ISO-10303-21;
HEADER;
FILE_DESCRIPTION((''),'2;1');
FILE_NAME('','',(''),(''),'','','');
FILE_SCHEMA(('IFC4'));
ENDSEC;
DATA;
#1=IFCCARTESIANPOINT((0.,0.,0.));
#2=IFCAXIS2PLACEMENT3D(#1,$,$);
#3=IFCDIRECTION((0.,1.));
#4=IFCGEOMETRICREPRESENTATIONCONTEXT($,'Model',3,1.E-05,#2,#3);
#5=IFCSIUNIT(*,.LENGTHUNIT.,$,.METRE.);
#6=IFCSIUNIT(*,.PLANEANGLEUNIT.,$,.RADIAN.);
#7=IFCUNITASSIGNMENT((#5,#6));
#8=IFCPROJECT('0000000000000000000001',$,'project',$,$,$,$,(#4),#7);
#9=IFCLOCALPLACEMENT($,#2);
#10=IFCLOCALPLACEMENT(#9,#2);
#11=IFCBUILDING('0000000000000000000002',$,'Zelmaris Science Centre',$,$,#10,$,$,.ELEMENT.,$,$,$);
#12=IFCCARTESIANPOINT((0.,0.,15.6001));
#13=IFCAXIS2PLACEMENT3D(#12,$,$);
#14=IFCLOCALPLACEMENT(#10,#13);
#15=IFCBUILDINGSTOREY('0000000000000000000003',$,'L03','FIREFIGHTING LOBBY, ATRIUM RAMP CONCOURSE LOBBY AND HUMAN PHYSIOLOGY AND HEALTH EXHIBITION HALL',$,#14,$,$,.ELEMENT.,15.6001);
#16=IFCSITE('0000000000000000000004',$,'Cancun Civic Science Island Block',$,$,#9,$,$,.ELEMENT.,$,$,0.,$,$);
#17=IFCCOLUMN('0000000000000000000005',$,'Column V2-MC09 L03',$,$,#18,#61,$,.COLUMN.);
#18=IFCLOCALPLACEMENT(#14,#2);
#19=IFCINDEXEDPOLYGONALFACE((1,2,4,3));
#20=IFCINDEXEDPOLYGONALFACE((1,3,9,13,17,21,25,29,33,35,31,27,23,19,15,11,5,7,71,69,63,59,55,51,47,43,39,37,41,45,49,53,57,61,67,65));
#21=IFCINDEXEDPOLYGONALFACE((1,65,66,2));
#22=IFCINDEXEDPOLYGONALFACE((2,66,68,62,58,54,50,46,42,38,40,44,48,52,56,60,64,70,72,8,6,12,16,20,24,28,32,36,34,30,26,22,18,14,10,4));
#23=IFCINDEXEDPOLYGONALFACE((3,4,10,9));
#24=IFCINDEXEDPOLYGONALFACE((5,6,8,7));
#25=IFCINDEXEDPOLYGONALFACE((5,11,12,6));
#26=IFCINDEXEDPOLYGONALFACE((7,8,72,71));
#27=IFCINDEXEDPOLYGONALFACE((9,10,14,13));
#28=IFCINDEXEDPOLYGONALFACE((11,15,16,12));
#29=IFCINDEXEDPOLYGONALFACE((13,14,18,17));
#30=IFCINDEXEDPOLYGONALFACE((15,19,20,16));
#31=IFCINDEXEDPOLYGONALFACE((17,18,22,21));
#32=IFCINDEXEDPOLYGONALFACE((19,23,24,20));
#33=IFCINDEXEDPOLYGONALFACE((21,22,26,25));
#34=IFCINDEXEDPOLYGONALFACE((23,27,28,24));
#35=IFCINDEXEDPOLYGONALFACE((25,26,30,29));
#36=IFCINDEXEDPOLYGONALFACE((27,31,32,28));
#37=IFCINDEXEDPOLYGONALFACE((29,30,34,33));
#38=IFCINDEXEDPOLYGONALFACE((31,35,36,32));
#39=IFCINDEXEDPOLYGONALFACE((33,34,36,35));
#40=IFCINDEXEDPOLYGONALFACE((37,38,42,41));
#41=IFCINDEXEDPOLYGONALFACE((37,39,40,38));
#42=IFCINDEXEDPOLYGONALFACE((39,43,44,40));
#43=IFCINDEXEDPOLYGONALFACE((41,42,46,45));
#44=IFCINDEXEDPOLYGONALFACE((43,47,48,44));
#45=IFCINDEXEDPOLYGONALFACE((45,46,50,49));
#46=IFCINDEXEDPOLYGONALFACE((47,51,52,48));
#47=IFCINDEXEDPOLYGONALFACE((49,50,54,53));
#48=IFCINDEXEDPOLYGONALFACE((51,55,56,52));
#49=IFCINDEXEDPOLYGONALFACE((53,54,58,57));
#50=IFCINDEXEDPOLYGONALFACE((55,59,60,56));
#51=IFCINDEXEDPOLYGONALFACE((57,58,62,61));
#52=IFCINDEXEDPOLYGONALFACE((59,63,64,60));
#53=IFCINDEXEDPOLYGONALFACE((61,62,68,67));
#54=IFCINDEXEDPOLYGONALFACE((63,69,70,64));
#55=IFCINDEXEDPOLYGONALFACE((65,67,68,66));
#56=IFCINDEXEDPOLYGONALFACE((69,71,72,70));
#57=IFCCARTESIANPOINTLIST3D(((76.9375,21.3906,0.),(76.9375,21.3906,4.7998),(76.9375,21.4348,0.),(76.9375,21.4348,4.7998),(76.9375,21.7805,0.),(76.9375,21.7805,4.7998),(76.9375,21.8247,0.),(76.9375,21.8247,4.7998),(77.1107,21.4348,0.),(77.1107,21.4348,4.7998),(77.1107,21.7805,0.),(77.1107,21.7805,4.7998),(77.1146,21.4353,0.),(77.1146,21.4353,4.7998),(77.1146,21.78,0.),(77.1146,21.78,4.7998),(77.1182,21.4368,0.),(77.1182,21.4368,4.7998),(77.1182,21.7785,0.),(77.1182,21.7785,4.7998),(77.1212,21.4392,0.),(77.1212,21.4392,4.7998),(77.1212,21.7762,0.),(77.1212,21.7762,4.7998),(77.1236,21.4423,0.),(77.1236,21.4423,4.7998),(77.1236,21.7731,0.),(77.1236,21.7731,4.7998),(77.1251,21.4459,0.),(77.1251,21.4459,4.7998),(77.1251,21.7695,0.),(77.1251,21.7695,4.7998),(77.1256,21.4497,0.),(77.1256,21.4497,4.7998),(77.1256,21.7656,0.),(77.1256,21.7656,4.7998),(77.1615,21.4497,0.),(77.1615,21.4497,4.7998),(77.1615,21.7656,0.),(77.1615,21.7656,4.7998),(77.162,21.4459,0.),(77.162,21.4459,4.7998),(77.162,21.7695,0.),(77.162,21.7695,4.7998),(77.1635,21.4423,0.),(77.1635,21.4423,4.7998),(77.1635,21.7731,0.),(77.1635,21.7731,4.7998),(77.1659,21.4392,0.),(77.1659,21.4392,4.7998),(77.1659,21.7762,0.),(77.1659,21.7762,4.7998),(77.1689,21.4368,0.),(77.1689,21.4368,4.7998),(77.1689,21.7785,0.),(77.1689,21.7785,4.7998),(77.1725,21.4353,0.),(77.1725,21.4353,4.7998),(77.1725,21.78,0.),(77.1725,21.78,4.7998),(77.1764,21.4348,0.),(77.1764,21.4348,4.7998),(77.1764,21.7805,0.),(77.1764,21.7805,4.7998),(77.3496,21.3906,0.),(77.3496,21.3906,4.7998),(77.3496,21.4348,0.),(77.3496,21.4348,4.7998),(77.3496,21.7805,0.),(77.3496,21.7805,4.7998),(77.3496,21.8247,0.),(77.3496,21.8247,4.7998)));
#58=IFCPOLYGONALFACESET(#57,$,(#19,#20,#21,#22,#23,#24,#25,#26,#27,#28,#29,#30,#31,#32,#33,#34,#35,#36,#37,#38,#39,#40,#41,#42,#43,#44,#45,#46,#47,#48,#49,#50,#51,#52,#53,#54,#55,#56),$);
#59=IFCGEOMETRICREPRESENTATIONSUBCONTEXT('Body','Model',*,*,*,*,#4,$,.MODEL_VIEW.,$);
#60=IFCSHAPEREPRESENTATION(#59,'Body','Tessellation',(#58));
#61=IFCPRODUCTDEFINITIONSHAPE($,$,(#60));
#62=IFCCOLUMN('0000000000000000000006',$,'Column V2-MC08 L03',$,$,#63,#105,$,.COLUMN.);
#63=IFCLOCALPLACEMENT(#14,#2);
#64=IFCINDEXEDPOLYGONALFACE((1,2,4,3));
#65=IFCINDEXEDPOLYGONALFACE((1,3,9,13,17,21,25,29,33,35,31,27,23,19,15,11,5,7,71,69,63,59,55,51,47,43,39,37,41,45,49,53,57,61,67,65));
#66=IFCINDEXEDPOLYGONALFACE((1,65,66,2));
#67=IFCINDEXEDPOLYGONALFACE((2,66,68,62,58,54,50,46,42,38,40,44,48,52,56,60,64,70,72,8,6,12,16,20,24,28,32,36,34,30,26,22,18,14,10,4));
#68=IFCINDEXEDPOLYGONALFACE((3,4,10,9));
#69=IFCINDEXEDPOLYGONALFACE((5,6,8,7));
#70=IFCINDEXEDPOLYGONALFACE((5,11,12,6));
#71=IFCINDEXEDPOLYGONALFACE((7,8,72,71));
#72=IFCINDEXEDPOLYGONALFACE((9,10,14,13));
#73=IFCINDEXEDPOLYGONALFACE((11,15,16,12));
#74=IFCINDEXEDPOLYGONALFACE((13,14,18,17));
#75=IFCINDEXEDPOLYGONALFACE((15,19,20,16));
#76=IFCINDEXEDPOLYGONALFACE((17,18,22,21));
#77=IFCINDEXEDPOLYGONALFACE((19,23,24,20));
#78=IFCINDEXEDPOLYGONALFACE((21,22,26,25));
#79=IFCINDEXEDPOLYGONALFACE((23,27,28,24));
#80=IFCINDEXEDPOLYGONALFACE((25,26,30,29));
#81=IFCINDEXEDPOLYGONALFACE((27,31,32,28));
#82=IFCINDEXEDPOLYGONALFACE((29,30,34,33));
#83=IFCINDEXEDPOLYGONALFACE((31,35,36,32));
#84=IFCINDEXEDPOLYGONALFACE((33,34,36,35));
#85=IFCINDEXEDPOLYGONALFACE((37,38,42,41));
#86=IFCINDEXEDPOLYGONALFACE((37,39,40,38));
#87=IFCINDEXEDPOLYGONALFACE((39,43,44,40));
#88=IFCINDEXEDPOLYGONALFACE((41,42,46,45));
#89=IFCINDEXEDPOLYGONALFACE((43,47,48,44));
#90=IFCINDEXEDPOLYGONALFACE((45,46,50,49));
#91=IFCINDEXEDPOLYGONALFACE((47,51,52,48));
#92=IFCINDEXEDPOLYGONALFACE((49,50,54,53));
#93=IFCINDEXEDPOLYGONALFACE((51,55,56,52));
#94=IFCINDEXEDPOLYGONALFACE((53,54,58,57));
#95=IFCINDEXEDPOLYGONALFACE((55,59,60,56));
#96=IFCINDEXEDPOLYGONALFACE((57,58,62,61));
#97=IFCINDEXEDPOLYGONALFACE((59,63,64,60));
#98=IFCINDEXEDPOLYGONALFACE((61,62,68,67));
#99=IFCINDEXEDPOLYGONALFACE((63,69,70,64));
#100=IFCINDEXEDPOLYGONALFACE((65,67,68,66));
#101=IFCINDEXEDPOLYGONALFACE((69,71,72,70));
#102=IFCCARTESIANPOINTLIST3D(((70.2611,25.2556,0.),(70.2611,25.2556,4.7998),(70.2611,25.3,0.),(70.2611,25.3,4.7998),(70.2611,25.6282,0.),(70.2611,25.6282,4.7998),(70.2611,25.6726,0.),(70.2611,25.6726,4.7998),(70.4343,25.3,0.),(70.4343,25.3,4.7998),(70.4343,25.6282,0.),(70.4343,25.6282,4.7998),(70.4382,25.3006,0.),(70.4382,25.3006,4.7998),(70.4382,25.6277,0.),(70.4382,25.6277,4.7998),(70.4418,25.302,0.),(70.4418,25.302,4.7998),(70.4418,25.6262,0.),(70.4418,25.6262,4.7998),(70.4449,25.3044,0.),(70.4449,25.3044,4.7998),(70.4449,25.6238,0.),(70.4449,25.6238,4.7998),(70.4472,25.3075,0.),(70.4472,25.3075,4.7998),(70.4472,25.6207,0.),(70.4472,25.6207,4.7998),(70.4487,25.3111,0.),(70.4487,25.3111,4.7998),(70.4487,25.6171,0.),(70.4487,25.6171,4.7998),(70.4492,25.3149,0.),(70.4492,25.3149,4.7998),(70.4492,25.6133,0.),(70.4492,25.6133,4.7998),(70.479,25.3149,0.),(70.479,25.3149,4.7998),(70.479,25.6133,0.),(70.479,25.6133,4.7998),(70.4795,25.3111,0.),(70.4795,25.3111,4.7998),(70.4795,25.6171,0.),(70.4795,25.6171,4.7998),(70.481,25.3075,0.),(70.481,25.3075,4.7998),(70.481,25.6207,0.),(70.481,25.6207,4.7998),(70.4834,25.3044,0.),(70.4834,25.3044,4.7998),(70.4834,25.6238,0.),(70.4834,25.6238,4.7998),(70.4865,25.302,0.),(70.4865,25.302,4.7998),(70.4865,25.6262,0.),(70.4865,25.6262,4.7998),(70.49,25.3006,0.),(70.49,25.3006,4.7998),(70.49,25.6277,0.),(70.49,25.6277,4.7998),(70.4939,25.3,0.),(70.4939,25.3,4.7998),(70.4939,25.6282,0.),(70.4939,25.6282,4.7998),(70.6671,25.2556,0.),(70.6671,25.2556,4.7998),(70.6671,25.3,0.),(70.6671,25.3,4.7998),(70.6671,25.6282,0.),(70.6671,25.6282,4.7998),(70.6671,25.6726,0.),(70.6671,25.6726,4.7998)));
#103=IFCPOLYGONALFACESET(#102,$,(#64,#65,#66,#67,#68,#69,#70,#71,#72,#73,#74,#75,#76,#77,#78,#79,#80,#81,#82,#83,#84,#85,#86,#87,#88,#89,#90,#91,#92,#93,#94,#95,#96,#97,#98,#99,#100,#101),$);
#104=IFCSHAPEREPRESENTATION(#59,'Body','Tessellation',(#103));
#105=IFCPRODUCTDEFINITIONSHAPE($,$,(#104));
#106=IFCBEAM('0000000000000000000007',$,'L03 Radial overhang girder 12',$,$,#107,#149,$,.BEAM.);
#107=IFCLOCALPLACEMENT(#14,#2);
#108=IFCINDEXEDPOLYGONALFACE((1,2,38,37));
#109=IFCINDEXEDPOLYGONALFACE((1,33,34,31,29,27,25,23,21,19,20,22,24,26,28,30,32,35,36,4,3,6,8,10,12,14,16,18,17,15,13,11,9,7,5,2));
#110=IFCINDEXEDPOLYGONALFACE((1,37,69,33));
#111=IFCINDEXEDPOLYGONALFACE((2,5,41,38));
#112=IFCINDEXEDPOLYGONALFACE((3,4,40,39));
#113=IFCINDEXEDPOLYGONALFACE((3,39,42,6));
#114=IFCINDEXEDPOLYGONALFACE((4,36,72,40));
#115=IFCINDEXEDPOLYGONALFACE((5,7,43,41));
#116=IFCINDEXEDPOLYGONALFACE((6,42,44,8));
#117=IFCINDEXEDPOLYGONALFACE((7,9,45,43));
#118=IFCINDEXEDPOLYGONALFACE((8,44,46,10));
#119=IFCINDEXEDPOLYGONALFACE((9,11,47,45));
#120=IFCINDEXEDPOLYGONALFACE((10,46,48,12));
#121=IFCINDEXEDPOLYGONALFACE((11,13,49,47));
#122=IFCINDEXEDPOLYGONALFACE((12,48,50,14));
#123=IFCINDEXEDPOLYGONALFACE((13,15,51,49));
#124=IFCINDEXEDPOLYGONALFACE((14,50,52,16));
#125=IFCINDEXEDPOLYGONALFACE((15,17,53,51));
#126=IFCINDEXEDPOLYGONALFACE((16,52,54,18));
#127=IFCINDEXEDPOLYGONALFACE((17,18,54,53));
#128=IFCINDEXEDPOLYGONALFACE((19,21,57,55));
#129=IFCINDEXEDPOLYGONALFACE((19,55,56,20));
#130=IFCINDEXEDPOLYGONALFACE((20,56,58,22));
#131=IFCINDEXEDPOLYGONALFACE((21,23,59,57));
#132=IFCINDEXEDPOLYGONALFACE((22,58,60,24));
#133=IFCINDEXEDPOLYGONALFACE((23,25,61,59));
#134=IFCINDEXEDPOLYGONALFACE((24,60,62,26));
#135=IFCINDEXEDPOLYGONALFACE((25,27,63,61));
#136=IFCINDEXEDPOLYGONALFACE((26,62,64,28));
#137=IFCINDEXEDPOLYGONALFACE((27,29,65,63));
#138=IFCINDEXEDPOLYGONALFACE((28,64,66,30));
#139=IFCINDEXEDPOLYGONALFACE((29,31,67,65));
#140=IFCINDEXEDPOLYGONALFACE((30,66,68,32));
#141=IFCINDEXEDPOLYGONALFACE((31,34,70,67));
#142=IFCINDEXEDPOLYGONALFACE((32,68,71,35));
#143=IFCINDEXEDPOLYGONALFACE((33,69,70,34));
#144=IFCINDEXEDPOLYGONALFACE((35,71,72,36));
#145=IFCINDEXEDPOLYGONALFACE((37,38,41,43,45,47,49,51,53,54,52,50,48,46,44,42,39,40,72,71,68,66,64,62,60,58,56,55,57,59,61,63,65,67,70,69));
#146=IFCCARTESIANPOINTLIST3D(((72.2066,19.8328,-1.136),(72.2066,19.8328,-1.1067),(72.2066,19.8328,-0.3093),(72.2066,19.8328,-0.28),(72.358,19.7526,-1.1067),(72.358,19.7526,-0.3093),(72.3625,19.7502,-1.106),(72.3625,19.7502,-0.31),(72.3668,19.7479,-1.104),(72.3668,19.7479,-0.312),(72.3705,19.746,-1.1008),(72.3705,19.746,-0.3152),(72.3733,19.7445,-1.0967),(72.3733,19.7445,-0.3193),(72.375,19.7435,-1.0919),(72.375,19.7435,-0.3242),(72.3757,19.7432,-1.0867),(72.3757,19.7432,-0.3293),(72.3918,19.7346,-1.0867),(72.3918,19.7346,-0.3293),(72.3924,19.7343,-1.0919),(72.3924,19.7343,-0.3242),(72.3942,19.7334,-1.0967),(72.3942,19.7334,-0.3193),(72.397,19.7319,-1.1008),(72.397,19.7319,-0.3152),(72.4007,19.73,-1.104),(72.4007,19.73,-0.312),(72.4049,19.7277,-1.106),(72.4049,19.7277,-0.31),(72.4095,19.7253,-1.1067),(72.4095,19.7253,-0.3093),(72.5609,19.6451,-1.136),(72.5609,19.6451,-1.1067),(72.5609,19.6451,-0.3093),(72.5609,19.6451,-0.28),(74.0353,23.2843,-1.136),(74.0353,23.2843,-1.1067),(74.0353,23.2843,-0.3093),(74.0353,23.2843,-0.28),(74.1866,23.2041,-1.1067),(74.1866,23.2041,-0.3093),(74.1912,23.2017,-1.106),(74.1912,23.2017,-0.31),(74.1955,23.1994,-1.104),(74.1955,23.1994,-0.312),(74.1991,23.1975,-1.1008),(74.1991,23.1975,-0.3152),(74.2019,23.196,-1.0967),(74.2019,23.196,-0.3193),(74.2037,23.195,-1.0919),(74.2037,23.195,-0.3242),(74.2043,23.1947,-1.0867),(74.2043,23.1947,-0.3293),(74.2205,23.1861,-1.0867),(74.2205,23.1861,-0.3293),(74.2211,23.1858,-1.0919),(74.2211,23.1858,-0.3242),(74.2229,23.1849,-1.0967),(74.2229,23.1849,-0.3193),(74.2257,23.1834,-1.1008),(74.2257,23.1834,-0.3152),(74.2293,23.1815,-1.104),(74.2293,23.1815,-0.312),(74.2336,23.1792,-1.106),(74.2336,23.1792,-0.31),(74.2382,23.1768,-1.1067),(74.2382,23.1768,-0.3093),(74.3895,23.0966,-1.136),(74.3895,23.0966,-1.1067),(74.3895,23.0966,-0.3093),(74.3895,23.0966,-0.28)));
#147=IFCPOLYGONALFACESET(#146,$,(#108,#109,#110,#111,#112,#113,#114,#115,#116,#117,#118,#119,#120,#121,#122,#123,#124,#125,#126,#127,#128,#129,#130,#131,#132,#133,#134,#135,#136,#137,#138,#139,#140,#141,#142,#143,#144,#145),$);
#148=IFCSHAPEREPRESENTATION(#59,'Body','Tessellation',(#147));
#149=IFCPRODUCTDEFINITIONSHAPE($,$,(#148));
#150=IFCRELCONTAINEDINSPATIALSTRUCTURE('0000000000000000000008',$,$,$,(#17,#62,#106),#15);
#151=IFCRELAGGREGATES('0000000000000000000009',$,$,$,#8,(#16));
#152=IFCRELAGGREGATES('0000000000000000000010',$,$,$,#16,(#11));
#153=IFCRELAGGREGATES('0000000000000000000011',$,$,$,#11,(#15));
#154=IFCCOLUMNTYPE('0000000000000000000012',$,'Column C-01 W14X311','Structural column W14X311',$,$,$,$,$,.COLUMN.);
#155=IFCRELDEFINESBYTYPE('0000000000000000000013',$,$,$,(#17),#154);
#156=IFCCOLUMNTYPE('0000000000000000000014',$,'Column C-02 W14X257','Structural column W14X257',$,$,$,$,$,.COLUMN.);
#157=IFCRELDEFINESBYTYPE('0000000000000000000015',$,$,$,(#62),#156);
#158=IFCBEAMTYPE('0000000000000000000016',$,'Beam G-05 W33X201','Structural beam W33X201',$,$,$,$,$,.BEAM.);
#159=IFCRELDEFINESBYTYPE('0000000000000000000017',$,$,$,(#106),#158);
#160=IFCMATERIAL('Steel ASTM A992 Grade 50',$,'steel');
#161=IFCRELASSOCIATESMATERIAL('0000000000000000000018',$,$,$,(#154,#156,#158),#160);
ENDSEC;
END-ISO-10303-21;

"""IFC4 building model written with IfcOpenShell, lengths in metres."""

from ifc_helpers import new_model, si_unit, direction, frame, origin, origin_2d, place, context, subcontext, project, spatial, i_section, extrude, material, material_profile, profile_set, type_object, element, save


model = new_model("IFC4")

# Units and contexts
model_context = context("Model", 3, precision=1e-05, world=origin(), true_north=direction((0.0, 1.0)))
body_context = subcontext(model_context, "Body", "Model", "MODEL_VIEW")
ifc_project = project(units=[si_unit("LENGTHUNIT", "METRE"), si_unit("PLANEANGLEUNIT", "RADIAN")], contexts=[model_context])

# Site, building, storey
site_placement = place(None, origin())
site = spatial("IfcSite", under=ifc_project, at=site_placement, Name="Cancun Civic Science Island Block", CompositionType="ELEMENT", RefElevation=0.0)
building_placement = place(site_placement, origin())
building = spatial("IfcBuilding", under=site, at=building_placement, Name="Zelmaris Science Centre", CompositionType="ELEMENT")
storey_placement = place(building_placement, frame((0.0, 0.0, 15.6001)))
storey = spatial("IfcBuildingStorey", under=building, at=storey_placement, Name="L03", Description="FIREFIGHTING LOBBY, ATRIUM RAMP CONCOURSE LOBBY AND HUMAN PHYSIOLOGY AND HEALTH EXHIBITION HALL", CompositionType="ELEMENT", Elevation=15.6001)

# Columns
ifc_material_1 = material(Name="Steel ASTM A992 Grade 50", Category="steel")
ifc_material_profile_1 = material_profile(ifc_material_1, i_section(OverallWidth=0.4121, OverallDepth=0.4341, WebThickness=0.0359, FlangeThickness=0.0442, FilletRadius=0.0149, at=origin_2d()), Name="W14X311")
ifc_profile_set_1 = profile_set([ifc_material_profile_1], Name="Steel ASTM A992 Grade 50")
column_type_1 = type_object("IfcColumnType", Name="Column C-01 W14X311", Description="Structural column W14X311", PredefinedType="COLUMN", material=ifc_profile_set_1)
column_1_placement = place(storey_placement, frame((77.1436, 21.6077, 0.0), z_axis=(0.0, 0.0, 1.0), x_axis=(1.0, 0.0, 0.0)))
element("IfcColumn", 1, at=column_1_placement, inside=storey, type_object=column_type_1, Name="Column V2-MC09 L03", PredefinedType="COLUMN", context=body_context, shape_type="SweptSolid", body=[
    extrude(i_section(OverallWidth=0.4121, OverallDepth=0.4341, WebThickness=0.0359, FlangeThickness=0.0442, FilletRadius=0.0149, at=origin_2d()), origin(), (0.0, 0.0, 1.0), 4.7998),
])
ifc_material_profile_2 = material_profile(ifc_material_1, i_section(OverallWidth=0.406, OverallDepth=0.417, WebThickness=0.0298, FlangeThickness=0.0444, FilletRadius=0.0149, at=origin_2d()), Name="W14X257")
ifc_profile_set_2 = profile_set([ifc_material_profile_2], Name="Steel ASTM A992 Grade 50")
column_type_2 = type_object("IfcColumnType", Name="Column C-02 W14X257", Description="Structural column W14X257", PredefinedType="COLUMN", material=ifc_profile_set_2)
column_2_placement = place(storey_placement, frame((70.4641, 25.4641, 0.0), z_axis=(0.0, 0.0, 1.0), x_axis=(1.0, 0.0, 0.0)))
element("IfcColumn", 2, at=column_2_placement, inside=storey, type_object=column_type_2, Name="Column V2-MC08 L03", PredefinedType="COLUMN", context=body_context, shape_type="SweptSolid", body=[
    extrude(i_section(OverallWidth=0.406, OverallDepth=0.417, WebThickness=0.0298, FlangeThickness=0.0444, FilletRadius=0.0149, at=origin_2d()), origin(), (0.0, 0.0, 1.0), 4.7998),
])

# Beam
ifc_material_profile_3 = material_profile(ifc_material_1, i_section(OverallWidth=0.4009, OverallDepth=0.856, WebThickness=0.0183, FlangeThickness=0.0293, FilletRadius=0.02, at=origin_2d()), Name="W33X201")
ifc_profile_set_3 = profile_set([ifc_material_profile_3], Name="Steel ASTM A992 Grade 50")
beam_type_1 = type_object("IfcBeamType", Name="Beam G-05 W33X201", Description="Structural beam W33X201", PredefinedType="BEAM", material=ifc_profile_set_3)
beam_1_placement = place(storey_placement, frame((74.2124, 23.1904, -0.708), z_axis=(-0.468166, -0.88364, 0.0), x_axis=(0.88364, -0.468166, 0.0)))
element("IfcBeam", 3, at=beam_1_placement, inside=storey, type_object=beam_type_1, Name="L03 Radial overhang girder 12", PredefinedType="BEAM", context=body_context, shape_type="SweptSolid", body=[
    extrude(i_section(OverallWidth=0.4009, OverallDepth=0.856, WebThickness=0.0183, FlangeThickness=0.0293, FilletRadius=0.02, at=origin_2d()), origin(), (0.0, 0.0, 1.0), 3.906),
])

save(model, "model.ifc")
